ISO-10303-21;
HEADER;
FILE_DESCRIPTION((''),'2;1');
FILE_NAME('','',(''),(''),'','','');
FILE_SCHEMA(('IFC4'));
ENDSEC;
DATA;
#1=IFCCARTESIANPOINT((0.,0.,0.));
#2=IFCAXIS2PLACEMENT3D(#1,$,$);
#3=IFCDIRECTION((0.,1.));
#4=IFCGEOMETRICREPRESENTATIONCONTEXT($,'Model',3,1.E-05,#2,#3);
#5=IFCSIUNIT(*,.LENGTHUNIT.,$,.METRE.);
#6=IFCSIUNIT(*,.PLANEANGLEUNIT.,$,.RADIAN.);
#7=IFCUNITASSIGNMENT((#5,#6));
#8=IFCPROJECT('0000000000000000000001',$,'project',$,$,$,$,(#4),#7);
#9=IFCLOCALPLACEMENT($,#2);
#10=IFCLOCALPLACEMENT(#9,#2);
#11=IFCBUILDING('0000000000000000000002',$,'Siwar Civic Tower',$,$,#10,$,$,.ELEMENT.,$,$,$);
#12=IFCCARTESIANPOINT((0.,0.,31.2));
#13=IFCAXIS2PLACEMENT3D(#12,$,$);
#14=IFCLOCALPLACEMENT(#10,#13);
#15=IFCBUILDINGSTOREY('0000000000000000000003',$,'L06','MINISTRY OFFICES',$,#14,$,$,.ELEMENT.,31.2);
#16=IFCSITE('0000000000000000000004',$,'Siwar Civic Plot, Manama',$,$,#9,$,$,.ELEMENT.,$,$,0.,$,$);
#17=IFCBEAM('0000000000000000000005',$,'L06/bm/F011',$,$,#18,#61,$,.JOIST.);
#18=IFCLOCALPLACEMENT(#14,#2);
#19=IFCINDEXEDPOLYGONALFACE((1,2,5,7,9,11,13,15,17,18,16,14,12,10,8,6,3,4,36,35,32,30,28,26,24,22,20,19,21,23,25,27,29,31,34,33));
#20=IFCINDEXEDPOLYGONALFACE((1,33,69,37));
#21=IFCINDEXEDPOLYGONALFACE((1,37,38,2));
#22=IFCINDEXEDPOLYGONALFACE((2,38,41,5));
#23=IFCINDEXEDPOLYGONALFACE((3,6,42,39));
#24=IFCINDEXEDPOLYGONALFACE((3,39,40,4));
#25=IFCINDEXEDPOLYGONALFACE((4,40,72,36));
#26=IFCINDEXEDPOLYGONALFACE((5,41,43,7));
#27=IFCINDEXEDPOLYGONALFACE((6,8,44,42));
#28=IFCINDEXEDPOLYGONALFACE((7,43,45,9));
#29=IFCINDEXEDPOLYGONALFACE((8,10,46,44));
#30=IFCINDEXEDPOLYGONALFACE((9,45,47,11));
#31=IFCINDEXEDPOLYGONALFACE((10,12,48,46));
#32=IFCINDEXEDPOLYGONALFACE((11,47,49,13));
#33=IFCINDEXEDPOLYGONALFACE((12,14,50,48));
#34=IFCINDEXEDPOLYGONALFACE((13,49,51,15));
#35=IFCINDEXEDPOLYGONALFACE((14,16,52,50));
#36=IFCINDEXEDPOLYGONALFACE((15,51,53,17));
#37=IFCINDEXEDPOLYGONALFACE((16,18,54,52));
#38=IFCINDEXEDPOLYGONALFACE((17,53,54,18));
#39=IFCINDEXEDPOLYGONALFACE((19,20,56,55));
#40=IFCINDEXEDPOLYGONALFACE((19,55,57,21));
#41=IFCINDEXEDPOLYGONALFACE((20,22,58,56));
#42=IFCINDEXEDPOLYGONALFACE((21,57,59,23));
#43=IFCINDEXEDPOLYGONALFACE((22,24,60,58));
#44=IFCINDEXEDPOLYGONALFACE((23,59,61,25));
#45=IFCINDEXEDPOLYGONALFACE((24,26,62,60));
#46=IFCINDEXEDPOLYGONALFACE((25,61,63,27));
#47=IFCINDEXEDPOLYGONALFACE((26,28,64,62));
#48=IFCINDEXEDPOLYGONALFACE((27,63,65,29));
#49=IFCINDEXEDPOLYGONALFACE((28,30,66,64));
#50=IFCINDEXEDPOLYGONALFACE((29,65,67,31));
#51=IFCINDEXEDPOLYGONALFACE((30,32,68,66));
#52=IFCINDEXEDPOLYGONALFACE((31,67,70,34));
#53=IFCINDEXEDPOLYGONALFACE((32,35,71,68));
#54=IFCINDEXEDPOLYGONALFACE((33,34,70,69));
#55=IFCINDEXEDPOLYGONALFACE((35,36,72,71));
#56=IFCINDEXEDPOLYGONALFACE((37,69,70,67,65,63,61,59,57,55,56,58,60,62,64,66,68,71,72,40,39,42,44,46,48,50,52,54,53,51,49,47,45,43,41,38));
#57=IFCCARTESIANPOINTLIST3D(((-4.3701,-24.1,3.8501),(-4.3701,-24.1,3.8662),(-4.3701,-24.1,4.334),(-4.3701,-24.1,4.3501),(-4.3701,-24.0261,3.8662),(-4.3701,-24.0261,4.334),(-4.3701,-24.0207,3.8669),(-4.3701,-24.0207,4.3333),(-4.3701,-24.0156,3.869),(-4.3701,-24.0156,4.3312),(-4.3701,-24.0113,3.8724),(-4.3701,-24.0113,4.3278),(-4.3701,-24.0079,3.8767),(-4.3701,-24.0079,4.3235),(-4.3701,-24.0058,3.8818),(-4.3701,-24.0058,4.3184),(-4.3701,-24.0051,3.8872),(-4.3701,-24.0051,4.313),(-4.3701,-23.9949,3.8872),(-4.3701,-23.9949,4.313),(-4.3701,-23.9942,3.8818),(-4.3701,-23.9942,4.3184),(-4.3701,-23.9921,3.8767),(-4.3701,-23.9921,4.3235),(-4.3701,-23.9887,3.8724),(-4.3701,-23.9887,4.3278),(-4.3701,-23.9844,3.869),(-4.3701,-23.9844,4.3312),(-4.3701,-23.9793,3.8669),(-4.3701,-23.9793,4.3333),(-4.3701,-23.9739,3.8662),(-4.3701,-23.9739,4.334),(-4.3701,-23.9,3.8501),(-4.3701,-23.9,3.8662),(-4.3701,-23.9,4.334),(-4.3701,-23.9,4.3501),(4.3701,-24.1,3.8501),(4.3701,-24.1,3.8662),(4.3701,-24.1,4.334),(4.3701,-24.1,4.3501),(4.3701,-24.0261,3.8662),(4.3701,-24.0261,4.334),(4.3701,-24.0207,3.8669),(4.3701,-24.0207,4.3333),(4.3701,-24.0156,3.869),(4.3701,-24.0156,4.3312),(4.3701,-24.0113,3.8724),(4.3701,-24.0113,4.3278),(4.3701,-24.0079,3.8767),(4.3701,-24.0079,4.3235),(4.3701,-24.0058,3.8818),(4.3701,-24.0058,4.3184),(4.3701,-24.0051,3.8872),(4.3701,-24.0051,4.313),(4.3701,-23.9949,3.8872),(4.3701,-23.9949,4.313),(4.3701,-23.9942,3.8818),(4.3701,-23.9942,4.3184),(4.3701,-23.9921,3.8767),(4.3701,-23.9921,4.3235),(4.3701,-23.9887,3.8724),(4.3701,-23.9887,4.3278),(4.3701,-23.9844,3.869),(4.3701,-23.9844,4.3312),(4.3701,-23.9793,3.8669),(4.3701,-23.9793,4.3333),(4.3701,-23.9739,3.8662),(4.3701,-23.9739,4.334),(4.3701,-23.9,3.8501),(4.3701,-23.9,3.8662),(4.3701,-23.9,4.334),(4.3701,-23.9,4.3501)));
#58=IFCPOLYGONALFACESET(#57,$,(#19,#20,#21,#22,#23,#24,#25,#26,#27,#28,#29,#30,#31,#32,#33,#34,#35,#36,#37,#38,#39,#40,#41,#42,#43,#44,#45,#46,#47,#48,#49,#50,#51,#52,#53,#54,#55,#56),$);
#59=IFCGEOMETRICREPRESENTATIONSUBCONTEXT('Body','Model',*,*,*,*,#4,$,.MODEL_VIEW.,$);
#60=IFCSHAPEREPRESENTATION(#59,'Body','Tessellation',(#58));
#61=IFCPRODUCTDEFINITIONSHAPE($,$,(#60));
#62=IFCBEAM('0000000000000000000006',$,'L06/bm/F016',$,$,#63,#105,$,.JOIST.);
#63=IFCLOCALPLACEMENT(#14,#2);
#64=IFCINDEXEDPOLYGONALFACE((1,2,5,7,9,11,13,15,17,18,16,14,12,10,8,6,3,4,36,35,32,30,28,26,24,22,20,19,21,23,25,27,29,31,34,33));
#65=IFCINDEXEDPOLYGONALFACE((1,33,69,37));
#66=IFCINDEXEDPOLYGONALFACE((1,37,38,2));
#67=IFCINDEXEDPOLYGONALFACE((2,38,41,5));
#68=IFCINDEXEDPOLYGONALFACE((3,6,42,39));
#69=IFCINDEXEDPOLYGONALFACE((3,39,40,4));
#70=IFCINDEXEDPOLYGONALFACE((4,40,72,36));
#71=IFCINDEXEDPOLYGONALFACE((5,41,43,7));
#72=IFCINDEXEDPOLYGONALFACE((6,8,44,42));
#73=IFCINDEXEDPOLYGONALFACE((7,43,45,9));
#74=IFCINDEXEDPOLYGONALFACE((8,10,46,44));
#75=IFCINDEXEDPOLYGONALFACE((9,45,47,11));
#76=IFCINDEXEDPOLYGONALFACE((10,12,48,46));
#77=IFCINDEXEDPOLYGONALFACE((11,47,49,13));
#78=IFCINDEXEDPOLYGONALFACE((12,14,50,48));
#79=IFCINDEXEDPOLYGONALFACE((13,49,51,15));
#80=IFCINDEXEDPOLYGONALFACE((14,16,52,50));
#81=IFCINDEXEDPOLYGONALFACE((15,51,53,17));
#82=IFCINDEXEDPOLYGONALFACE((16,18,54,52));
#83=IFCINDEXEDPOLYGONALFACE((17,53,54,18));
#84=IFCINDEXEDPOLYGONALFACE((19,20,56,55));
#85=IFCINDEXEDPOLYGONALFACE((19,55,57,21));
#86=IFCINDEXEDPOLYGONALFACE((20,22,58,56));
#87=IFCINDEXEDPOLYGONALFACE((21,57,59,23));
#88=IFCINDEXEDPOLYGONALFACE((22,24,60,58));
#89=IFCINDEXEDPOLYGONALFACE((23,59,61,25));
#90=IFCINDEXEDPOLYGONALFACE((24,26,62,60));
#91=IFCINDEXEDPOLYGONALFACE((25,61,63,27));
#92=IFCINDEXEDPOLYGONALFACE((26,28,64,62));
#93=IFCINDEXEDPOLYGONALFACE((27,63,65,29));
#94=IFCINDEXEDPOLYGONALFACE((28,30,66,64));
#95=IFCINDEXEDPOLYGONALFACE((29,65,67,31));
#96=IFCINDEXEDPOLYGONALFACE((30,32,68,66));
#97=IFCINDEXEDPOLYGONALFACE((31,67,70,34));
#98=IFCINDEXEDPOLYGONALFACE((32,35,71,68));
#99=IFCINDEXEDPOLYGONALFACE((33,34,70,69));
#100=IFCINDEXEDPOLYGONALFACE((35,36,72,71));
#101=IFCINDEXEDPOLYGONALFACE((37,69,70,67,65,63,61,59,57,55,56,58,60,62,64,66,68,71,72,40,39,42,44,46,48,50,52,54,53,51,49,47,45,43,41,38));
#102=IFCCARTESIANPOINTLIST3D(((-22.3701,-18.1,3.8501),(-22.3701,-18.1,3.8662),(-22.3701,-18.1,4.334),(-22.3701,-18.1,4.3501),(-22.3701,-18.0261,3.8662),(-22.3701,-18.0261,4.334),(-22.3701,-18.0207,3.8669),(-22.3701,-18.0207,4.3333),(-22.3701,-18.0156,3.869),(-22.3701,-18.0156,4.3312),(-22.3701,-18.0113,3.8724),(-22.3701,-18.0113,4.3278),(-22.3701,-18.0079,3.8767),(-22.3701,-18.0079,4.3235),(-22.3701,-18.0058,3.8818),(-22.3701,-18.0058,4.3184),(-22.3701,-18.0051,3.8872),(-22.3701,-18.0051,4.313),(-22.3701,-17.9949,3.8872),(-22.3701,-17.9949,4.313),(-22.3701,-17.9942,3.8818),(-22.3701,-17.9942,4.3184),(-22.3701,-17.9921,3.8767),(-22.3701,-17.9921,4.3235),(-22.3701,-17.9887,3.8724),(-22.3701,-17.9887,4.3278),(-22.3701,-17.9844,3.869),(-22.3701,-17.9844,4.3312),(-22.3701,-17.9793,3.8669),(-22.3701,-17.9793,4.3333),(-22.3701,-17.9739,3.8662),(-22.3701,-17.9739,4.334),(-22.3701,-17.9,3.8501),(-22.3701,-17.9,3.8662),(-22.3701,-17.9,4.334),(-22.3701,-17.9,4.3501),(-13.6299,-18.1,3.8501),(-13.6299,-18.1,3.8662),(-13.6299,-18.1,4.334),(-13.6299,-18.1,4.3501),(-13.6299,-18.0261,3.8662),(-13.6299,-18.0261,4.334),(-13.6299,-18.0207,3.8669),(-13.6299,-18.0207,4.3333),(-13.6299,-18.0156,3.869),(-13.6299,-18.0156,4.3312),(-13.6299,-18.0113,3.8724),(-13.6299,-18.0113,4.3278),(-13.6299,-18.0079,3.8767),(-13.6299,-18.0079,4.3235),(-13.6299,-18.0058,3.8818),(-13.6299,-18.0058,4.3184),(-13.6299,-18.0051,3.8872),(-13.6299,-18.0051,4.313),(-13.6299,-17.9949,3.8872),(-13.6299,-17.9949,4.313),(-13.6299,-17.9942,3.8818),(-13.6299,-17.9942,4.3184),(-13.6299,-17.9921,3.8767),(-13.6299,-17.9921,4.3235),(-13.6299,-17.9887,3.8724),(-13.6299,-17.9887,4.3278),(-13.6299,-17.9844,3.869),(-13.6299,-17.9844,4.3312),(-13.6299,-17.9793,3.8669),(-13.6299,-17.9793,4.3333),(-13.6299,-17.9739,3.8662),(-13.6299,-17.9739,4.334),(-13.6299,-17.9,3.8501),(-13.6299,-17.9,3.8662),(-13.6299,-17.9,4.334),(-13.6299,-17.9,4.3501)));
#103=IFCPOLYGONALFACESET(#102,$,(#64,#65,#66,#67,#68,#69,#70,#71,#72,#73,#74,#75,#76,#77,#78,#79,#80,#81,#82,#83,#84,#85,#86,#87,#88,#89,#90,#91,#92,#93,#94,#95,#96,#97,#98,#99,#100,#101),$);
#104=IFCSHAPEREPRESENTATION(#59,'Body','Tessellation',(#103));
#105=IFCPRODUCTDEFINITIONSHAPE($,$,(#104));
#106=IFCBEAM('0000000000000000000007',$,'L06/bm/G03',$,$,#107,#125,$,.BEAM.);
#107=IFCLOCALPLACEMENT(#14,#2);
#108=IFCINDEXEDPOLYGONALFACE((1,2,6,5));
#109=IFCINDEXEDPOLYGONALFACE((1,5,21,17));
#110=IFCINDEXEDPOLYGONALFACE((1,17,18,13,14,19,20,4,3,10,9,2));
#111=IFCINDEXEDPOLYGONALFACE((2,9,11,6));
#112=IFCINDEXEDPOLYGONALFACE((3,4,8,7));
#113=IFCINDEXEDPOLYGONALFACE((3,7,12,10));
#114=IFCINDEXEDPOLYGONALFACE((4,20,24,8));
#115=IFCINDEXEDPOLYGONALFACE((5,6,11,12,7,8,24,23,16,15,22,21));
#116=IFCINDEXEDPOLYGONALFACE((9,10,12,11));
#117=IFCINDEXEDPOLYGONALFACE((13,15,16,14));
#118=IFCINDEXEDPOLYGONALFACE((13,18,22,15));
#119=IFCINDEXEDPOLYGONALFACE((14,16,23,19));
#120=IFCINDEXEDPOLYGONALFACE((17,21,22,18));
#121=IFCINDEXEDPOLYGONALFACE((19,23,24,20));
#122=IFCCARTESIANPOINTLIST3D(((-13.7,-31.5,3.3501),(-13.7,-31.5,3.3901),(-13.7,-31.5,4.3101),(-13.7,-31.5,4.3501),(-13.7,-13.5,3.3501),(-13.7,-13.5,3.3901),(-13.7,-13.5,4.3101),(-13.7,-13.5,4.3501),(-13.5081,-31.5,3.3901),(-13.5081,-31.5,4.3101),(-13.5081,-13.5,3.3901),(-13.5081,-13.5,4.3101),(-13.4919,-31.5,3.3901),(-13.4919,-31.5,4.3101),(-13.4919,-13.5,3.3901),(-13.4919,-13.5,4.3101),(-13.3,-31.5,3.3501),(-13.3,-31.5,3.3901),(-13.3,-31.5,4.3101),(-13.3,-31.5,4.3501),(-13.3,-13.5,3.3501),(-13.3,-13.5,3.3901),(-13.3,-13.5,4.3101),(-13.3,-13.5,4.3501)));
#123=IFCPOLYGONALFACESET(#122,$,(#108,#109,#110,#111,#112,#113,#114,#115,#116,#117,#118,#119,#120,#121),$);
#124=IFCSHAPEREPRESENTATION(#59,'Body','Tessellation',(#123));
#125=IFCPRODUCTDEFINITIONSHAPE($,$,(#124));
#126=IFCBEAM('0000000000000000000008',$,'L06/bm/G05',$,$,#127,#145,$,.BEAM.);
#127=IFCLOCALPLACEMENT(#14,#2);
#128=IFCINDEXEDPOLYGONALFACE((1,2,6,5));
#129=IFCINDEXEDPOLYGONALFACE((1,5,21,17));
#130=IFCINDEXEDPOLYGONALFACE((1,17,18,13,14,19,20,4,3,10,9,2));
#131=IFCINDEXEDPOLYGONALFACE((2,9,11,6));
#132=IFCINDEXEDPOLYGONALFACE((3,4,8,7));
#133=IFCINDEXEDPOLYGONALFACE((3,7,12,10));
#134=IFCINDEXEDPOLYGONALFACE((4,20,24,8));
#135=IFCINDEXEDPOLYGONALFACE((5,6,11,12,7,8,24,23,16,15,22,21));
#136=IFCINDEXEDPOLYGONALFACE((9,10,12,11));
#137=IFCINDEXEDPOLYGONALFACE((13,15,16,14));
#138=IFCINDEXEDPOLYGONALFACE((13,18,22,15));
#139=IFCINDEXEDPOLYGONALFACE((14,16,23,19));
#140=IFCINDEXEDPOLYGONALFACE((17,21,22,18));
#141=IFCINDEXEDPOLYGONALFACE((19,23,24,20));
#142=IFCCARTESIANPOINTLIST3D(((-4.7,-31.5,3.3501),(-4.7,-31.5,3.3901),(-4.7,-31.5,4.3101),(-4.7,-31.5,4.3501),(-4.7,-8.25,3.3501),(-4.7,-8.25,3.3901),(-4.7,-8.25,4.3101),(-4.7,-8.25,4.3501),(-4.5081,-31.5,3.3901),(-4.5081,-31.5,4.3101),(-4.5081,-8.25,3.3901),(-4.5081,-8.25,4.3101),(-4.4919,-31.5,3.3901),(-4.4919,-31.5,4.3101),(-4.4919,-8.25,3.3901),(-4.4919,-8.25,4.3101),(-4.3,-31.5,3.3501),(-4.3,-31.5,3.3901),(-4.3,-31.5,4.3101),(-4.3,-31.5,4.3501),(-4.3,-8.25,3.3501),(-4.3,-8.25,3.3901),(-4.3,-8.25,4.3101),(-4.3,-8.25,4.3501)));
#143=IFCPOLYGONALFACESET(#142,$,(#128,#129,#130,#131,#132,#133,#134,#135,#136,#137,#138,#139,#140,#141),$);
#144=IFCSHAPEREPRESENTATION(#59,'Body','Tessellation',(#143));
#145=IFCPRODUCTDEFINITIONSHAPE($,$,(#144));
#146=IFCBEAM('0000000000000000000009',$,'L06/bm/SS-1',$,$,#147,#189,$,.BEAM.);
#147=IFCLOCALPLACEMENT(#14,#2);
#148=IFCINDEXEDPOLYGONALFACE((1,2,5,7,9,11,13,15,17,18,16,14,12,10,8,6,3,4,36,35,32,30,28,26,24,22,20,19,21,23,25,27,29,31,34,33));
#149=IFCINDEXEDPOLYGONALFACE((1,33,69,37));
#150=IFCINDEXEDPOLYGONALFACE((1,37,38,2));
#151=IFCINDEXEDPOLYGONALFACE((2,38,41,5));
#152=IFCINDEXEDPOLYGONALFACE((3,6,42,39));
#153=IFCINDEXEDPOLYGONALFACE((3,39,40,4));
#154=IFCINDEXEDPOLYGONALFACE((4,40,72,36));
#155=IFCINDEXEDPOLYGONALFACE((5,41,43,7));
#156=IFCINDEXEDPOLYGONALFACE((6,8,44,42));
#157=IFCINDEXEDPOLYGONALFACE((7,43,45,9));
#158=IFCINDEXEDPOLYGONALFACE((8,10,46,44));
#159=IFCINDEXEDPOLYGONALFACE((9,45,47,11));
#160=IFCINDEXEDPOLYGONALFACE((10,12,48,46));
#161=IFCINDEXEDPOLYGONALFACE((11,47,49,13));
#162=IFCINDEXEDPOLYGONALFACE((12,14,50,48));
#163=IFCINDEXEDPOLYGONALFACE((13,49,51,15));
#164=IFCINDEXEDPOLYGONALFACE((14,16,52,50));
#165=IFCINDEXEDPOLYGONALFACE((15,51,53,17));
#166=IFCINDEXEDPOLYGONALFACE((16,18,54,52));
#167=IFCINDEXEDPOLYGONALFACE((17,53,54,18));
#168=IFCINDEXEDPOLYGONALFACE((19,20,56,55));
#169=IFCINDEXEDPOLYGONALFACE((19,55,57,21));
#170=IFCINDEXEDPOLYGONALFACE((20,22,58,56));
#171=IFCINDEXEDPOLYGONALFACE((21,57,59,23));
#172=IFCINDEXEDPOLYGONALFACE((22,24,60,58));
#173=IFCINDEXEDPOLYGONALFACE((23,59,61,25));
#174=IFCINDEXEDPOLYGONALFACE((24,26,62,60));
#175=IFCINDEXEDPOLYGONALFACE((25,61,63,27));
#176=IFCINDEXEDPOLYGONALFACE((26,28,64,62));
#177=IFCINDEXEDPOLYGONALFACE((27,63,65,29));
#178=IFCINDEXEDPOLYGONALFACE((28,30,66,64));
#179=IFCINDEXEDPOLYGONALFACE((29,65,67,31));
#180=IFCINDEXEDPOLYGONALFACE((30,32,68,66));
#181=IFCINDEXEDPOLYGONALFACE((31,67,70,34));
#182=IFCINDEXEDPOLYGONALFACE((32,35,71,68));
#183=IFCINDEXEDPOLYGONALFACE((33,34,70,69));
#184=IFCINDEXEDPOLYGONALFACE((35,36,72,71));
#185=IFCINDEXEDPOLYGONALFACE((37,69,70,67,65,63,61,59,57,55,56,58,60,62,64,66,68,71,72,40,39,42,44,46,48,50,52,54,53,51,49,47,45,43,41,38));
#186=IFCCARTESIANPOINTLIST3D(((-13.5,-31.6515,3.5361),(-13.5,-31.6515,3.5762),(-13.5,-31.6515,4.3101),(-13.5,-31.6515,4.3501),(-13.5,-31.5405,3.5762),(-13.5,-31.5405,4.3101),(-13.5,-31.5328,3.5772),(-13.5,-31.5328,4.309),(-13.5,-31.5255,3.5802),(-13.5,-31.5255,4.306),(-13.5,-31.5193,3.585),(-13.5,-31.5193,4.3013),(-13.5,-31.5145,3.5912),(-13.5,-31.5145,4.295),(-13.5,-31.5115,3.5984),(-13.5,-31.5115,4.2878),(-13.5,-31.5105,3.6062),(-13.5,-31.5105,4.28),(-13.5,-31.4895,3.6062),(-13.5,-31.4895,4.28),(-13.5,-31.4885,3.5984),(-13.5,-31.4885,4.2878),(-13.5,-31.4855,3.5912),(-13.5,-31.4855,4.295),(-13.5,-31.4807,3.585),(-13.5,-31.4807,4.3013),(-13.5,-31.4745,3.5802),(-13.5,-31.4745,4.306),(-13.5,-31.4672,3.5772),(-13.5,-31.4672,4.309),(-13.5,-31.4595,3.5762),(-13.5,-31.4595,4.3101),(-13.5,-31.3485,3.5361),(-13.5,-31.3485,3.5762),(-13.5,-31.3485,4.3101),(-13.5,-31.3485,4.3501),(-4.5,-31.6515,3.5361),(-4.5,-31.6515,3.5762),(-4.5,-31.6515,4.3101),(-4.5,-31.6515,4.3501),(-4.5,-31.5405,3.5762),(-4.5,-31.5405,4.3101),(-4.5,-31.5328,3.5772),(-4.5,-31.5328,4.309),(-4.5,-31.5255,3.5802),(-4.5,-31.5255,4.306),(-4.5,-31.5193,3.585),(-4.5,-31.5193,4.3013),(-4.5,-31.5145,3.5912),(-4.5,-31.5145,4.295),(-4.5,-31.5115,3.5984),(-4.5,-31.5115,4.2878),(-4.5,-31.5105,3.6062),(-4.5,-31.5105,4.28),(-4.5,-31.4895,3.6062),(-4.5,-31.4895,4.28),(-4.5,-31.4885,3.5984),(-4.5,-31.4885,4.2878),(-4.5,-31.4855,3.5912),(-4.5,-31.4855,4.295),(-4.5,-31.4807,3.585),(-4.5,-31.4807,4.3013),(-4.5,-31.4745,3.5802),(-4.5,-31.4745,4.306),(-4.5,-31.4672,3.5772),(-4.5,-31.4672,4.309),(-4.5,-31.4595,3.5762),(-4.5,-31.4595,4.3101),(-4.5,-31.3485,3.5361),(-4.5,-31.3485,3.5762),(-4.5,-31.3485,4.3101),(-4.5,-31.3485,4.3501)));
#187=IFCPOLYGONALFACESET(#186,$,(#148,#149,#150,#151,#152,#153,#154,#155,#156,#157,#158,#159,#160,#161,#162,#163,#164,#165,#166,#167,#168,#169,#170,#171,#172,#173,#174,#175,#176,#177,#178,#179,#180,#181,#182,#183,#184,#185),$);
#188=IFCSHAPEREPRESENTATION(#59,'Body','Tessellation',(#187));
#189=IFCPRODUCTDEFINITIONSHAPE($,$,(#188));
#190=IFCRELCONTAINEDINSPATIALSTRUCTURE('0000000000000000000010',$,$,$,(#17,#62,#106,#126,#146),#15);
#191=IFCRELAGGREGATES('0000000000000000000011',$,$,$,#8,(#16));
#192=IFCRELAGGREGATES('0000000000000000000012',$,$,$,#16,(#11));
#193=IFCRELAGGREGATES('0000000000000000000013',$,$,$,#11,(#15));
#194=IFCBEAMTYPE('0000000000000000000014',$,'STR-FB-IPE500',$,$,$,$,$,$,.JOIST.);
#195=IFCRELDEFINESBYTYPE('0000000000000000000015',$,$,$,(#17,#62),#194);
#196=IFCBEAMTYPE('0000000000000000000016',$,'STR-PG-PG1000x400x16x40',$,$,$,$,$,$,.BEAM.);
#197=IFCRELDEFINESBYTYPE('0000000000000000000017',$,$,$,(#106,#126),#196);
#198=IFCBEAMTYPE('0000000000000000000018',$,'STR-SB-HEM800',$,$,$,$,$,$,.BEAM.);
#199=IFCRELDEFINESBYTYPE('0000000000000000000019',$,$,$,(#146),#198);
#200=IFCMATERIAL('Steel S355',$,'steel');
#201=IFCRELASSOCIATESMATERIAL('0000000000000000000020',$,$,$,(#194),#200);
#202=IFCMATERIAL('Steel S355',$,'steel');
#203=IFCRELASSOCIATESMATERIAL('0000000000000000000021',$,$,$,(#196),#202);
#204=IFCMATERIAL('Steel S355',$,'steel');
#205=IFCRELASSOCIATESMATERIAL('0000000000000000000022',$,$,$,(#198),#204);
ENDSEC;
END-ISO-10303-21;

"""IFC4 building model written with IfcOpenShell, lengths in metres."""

from ifc_helpers import new_model, si_unit, direction, frame, origin, origin_2d, place, context, subcontext, project, spatial, i_section, extrude, material, material_profile, profile_set, type_object, element, save


model = new_model("IFC4")

# Units and contexts
model_context = context("Model", 3, precision=1e-05, world=origin(), true_north=direction((0.0, 1.0)))
body_context = subcontext(model_context, "Body", "Model", "MODEL_VIEW")
ifc_project = project(units=[si_unit("LENGTHUNIT", "METRE"), si_unit("PLANEANGLEUNIT", "RADIAN")], contexts=[model_context])

# Site, building, storey
site_placement = place(None, origin())
site = spatial("IfcSite", under=ifc_project, at=site_placement, Name="Siwar Civic Plot, Manama", CompositionType="ELEMENT", RefElevation=0.0)
building_placement = place(site_placement, origin())
building = spatial("IfcBuilding", under=site, at=building_placement, Name="Siwar Civic Tower", CompositionType="ELEMENT")
storey_placement = place(building_placement, frame((0.0, 0.0, 31.2)))
storey = spatial("IfcBuildingStorey", under=building, at=storey_placement, Name="L06", Description="MINISTRY OFFICES", CompositionType="ELEMENT", Elevation=31.2)

# Beams
ifc_material_1 = material(Name="Steel S355", Category="steel")
ifc_material_profile_1 = material_profile(ifc_material_1, i_section(OverallWidth=0.2, OverallDepth=0.5, WebThickness=0.0103, FlangeThickness=0.0161, FilletRadius=0.021, at=origin_2d()), Name="IPE500")
ifc_profile_set_1 = profile_set([ifc_material_profile_1], Name="Steel S355")
beam_type_1 = type_object("IfcBeamType", Name="STR-FB-IPE500", PredefinedType="JOIST", material=ifc_profile_set_1)
for number, where, z_axis, x_axis, name in (
    (1, (-4.3701, -24.0, 4.1001), (1.0, 0.0, 0.0), (0.0, 1.0, 0.0), "L06/bm/F011"),
    (2, (-22.3701, -18.0, 4.1001), (1.0, 0.0, 0.0), (0.0, 1.0, 0.0), "L06/bm/F016"),
):
    element("IfcBeam", number, at=place(storey_placement, frame(where, z_axis=z_axis, x_axis=x_axis)), inside=storey, type_object=beam_type_1, Name=name, PredefinedType="JOIST", context=body_context, shape_type="SweptSolid", body=[
        extrude(i_section(OverallWidth=0.2, OverallDepth=0.5, WebThickness=0.0103, FlangeThickness=0.0161, FilletRadius=0.021, at=origin_2d()), origin(), (0.0, 0.0, 1.0), 8.7402),
    ])
ifc_material_2 = material(Name="Steel S355", Category="steel")
ifc_material_profile_2 = material_profile(ifc_material_2, i_section(OverallWidth=0.3999, OverallDepth=1.0, WebThickness=0.0161, FlangeThickness=0.04, at=origin_2d()), Name="PG1000x400x16x40")
ifc_profile_set_2 = profile_set([ifc_material_profile_2], Name="Steel S355")
beam_type_2 = type_object("IfcBeamType", Name="STR-PG-PG1000x400x16x40", PredefinedType="BEAM", material=ifc_profile_set_2)
beam_1_placement = place(storey_placement, frame((-13.5, -31.5, 3.8501), z_axis=(0.0, 1.0, 0.0), x_axis=(-1.0, 0.0, 0.0)))
element("IfcBeam", 3, at=beam_1_placement, inside=storey, type_object=beam_type_2, Name="L06/bm/G03", PredefinedType="BEAM", context=body_context, shape_type="SweptSolid", body=[
    extrude(i_section(OverallWidth=0.3999, OverallDepth=1.0, WebThickness=0.0161, FlangeThickness=0.04, at=origin_2d()), origin(), (0.0, 0.0, 1.0), 18.0),
])
beam_2_placement = place(storey_placement, frame((-4.5, -31.5, 3.8501), z_axis=(0.0, 1.0, 0.0), x_axis=(-1.0, 0.0, 0.0)))
element("IfcBeam", 4, at=beam_2_placement, inside=storey, type_object=beam_type_2, Name="L06/bm/G05", PredefinedType="BEAM", context=body_context, shape_type="SweptSolid", body=[
    extrude(i_section(OverallWidth=0.3999, OverallDepth=1.0, WebThickness=0.0161, FlangeThickness=0.04, at=origin_2d()), origin(), (0.0, 0.0, 1.0), 23.25),
])
ifc_material_3 = material(Name="Steel S355", Category="steel")
ifc_material_profile_3 = material_profile(ifc_material_3, i_section(OverallWidth=0.303, OverallDepth=0.814, WebThickness=0.021, FlangeThickness=0.04, FilletRadius=0.03, at=origin_2d()), Name="HEM800")
ifc_profile_set_3 = profile_set([ifc_material_profile_3], Name="Steel S355")
beam_type_3 = type_object("IfcBeamType", Name="STR-SB-HEM800", PredefinedType="BEAM", material=ifc_profile_set_3)
for number, where, z_axis, x_axis, name in (
    (5, (-13.5, -31.5, 3.9431), (1.0, 0.0, 0.0), (0.0, 1.0, 0.0), "L06/bm/SS-1"),
):
    element("IfcBeam", number, at=place(storey_placement, frame(where, z_axis=z_axis, x_axis=x_axis)), inside=storey, type_object=beam_type_3, Name=name, PredefinedType="BEAM", context=body_context, shape_type="SweptSolid", body=[
        extrude(i_section(OverallWidth=0.303, OverallDepth=0.814, WebThickness=0.021, FlangeThickness=0.04, FilletRadius=0.03, at=origin_2d()), origin(), (0.0, 0.0, 1.0), 9.0),
    ])

save(model, "model.ifc")
